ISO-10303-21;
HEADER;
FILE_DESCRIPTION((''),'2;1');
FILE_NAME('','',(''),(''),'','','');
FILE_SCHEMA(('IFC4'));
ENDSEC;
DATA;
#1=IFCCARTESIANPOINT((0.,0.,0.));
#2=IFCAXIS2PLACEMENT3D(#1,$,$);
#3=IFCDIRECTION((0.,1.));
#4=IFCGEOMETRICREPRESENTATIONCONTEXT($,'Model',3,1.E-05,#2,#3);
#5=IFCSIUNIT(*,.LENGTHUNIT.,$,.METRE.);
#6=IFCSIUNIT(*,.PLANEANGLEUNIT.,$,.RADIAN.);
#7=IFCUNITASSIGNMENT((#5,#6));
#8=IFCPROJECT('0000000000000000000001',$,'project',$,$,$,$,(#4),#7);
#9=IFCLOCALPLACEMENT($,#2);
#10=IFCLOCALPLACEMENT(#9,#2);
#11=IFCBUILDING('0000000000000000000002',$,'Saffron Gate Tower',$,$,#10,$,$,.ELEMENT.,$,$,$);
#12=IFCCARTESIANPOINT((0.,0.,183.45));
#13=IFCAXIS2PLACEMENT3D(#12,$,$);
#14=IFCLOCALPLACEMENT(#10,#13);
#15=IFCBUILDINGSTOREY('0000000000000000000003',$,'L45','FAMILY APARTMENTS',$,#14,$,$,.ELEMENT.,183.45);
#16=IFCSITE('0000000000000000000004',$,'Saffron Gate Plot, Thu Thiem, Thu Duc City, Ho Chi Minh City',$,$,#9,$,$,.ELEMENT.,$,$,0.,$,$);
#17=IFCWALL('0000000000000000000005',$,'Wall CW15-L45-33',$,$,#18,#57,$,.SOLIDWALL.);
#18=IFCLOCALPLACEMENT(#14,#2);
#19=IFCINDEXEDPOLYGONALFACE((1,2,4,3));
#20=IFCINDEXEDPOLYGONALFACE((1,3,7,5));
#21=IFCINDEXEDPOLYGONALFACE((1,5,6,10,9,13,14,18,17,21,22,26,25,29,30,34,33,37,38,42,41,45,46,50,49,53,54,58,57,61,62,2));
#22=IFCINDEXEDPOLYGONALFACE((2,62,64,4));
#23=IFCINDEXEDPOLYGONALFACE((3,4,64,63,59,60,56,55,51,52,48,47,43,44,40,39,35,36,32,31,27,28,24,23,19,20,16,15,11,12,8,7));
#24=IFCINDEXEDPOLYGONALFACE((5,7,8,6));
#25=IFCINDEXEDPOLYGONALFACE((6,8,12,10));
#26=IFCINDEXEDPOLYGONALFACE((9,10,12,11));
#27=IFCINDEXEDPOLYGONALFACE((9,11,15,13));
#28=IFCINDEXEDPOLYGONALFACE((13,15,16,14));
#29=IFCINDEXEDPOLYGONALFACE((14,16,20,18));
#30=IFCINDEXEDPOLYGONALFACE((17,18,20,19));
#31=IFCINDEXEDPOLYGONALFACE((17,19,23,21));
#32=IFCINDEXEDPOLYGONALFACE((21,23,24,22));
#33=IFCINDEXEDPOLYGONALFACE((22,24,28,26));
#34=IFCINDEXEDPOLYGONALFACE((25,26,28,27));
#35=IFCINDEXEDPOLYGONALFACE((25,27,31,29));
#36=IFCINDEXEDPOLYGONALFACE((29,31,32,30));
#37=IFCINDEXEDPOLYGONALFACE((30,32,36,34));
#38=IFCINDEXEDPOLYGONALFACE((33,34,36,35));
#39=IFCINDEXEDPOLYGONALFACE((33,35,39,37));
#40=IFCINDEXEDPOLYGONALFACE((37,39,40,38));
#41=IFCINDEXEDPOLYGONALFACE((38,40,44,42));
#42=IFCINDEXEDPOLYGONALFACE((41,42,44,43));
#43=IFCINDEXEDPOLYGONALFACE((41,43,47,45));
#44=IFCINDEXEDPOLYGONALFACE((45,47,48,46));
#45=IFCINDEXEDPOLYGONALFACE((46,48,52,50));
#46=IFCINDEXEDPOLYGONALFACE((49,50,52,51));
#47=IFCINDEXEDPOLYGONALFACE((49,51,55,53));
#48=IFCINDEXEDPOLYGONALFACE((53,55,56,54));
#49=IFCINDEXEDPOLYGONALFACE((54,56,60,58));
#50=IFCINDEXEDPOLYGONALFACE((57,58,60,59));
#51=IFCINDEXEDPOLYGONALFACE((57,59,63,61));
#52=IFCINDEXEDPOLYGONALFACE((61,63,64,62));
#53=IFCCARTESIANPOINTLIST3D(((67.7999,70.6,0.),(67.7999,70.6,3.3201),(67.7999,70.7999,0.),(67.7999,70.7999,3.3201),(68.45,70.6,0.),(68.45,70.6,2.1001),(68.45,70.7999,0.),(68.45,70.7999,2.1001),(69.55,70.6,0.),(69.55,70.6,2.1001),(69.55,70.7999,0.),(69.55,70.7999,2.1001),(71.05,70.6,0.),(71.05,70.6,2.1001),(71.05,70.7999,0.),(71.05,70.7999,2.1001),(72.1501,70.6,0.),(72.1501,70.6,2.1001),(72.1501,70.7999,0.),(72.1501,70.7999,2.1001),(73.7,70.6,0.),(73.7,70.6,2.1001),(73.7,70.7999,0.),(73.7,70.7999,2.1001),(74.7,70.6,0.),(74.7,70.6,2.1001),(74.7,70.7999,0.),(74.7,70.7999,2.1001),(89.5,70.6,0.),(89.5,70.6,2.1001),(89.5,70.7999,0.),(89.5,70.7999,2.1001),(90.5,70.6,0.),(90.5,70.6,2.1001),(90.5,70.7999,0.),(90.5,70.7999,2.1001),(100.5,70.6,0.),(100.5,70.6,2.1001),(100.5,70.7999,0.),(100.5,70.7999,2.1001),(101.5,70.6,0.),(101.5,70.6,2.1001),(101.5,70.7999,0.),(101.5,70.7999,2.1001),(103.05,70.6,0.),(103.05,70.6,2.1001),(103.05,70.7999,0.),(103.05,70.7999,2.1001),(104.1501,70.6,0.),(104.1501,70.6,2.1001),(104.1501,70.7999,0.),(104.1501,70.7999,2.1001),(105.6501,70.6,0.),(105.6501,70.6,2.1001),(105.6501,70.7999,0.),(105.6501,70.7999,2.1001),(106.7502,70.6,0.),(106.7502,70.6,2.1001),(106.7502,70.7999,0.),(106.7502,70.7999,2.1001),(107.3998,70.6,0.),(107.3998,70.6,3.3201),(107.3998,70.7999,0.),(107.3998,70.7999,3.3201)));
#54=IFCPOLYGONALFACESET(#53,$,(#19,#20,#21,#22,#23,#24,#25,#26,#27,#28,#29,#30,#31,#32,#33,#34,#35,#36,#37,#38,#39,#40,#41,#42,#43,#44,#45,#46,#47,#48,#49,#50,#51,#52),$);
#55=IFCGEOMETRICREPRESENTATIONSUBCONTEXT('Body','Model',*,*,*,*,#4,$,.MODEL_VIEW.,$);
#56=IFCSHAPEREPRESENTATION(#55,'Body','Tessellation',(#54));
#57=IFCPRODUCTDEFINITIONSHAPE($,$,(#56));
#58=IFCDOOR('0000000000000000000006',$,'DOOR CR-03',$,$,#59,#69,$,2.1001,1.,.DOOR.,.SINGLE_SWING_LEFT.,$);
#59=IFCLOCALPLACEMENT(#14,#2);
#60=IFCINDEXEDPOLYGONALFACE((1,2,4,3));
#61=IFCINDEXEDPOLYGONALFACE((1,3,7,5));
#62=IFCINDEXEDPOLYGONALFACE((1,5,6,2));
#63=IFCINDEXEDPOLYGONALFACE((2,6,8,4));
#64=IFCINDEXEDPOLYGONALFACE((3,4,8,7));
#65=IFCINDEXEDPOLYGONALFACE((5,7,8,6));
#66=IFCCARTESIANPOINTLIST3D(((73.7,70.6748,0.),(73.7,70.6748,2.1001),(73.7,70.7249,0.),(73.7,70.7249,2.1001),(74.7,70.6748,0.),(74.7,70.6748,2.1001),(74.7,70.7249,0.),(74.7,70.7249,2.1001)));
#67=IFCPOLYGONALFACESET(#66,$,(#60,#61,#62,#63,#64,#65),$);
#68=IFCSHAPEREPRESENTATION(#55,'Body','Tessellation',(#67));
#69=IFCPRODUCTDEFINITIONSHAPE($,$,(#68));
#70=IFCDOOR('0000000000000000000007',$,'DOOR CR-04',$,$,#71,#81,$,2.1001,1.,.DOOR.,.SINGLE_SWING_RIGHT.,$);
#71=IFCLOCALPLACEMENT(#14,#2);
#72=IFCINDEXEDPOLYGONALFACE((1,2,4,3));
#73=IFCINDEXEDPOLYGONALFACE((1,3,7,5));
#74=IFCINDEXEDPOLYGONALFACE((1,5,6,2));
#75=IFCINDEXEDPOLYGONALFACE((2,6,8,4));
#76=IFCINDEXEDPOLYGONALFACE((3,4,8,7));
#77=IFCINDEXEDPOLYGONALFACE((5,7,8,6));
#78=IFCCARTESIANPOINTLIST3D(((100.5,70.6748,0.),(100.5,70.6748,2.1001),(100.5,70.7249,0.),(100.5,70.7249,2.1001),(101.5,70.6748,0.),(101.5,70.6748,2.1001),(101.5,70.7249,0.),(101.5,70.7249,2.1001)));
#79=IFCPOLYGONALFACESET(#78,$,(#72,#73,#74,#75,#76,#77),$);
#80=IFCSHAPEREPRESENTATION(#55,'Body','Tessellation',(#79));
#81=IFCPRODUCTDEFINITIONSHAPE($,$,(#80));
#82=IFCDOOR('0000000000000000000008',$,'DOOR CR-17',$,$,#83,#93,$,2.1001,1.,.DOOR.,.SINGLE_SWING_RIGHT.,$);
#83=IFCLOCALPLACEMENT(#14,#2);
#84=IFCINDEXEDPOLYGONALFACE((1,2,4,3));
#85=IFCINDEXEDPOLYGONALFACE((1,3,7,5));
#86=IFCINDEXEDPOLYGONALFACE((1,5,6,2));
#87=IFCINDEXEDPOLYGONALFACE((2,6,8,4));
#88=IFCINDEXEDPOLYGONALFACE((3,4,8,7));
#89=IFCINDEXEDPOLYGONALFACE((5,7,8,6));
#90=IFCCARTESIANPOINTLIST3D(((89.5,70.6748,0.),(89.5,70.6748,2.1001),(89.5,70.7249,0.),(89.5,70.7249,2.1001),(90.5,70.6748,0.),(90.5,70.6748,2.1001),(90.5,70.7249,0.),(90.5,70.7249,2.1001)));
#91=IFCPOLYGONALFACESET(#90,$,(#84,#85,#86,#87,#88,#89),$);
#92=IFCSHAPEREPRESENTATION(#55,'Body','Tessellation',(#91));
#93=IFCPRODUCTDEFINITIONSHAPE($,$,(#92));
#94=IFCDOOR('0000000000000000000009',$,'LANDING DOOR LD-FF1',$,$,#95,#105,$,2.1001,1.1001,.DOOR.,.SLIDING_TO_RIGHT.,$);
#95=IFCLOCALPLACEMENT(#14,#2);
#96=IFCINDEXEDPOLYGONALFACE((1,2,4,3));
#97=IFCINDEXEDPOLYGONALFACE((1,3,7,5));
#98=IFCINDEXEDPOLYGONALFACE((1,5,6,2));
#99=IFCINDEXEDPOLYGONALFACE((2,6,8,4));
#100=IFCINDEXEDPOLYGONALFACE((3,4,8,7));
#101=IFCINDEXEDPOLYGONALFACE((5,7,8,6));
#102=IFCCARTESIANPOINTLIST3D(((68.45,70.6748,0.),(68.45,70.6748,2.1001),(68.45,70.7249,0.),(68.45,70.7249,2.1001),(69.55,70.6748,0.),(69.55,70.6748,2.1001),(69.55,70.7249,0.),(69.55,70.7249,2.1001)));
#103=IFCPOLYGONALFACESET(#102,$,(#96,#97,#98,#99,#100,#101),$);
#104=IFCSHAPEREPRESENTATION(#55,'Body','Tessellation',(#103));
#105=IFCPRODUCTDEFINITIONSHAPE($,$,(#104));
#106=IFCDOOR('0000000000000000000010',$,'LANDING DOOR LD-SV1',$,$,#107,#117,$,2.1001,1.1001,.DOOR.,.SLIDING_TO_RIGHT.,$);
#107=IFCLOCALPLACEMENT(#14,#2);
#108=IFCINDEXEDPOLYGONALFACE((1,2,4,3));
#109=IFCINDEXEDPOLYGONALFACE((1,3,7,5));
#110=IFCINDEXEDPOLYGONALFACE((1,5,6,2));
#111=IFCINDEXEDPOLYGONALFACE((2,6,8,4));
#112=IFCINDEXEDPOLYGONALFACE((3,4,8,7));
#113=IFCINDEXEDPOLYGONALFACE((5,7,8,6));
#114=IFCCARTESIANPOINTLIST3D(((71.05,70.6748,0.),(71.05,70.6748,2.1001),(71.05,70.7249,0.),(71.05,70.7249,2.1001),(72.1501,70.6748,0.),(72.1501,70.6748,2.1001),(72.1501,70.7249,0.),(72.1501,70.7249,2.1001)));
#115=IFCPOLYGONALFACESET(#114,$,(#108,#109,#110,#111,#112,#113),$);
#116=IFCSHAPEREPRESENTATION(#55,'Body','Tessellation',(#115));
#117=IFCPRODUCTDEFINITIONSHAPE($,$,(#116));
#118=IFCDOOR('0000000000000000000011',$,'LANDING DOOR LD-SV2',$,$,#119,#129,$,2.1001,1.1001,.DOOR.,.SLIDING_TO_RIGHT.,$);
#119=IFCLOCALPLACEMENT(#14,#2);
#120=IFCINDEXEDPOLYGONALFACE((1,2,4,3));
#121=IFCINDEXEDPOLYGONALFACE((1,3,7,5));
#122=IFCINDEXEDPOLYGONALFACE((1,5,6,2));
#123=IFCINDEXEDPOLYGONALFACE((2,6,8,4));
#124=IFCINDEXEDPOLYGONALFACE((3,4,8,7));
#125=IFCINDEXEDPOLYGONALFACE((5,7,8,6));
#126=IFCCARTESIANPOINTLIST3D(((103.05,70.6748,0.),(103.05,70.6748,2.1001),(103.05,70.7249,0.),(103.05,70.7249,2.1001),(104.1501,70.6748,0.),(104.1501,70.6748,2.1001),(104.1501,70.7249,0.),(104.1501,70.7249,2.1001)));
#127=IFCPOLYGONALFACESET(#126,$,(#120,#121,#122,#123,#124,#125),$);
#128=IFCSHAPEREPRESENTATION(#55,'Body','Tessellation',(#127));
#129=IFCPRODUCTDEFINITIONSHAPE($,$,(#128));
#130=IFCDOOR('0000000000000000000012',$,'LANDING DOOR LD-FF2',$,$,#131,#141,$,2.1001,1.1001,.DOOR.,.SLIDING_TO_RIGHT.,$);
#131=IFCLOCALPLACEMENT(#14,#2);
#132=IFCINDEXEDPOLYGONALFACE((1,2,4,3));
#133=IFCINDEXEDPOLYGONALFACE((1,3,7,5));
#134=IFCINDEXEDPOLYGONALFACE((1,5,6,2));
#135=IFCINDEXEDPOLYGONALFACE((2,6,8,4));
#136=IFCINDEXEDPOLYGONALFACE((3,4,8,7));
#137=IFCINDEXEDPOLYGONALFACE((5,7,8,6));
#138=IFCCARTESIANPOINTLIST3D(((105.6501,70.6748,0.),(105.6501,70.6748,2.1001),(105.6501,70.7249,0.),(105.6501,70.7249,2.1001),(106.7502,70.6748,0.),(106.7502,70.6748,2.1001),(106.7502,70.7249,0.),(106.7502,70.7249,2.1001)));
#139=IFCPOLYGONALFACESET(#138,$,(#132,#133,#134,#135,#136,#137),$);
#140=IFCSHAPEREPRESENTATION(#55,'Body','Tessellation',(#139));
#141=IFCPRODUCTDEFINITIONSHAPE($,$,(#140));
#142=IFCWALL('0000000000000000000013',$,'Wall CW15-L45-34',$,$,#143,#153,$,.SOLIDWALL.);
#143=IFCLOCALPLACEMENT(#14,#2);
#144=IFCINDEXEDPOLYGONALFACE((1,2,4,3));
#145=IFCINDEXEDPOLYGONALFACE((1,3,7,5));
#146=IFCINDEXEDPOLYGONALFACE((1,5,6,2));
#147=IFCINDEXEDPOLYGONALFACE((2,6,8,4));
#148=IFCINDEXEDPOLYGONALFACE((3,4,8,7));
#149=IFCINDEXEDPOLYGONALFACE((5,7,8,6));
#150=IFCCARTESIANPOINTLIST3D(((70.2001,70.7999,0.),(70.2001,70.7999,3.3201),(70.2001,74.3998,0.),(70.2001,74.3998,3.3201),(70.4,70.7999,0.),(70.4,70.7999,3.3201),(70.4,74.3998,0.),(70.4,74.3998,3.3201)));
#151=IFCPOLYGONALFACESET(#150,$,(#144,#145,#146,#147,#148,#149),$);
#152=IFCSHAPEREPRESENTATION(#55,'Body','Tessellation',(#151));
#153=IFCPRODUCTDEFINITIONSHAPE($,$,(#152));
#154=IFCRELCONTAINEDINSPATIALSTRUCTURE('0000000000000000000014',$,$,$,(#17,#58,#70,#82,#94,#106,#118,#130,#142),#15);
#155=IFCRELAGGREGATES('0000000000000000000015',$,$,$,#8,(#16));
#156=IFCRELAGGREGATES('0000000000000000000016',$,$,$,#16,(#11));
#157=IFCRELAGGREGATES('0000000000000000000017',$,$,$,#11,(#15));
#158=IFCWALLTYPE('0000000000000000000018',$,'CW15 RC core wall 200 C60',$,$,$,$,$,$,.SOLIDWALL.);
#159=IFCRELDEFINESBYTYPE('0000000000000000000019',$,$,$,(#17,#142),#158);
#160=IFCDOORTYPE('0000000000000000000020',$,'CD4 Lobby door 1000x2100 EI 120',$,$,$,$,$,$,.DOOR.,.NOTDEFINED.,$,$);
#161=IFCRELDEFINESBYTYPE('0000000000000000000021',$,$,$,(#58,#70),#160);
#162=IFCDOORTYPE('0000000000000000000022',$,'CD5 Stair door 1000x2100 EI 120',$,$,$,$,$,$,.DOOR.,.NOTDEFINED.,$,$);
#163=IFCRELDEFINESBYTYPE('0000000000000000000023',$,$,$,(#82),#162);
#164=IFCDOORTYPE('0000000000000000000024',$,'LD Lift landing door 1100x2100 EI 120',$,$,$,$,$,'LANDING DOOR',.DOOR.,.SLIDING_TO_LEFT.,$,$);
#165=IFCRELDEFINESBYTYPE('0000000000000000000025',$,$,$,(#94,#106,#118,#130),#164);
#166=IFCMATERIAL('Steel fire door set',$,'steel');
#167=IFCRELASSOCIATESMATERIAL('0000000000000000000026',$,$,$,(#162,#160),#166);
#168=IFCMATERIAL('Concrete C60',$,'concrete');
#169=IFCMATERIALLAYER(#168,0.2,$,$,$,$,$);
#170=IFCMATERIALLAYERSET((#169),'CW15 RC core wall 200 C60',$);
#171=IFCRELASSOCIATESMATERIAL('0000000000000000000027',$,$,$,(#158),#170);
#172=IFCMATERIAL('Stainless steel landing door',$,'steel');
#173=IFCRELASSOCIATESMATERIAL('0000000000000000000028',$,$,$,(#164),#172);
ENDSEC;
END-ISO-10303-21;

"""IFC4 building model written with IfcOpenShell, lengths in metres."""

from ifc_helpers import new_model, si_unit, direction, frame, frame_2d, origin, place, context, subcontext, project, spatial, rectangle, extrude, material, layer, layer_set, type_object, element, fill, save


model = new_model("IFC4")

# Units and contexts
model_context = context("Model", 3, precision=1e-05, world=origin(), true_north=direction((0.0, 1.0)))
body_context = subcontext(model_context, "Body", "Model", "MODEL_VIEW")
ifc_project = project(units=[si_unit("LENGTHUNIT", "METRE"), si_unit("PLANEANGLEUNIT", "RADIAN")], contexts=[model_context])

# Site, building, storey
site_placement = place(None, origin())
site = spatial("IfcSite", under=ifc_project, at=site_placement, Name="Saffron Gate Plot, Thu Thiem, Thu Duc City, Ho Chi Minh City", CompositionType="ELEMENT", RefElevation=0.0)
building_placement = place(site_placement, origin())
building = spatial("IfcBuilding", under=site, at=building_placement, Name="Saffron Gate Tower", CompositionType="ELEMENT")
storey_placement = place(building_placement, frame((0.0, 0.0, 183.45)))
storey = spatial("IfcBuildingStorey", under=building, at=storey_placement, Name="L45", Description="FAMILY APARTMENTS", CompositionType="ELEMENT", Elevation=183.45)

# Shared definitions
ifc_material_1 = material(Name="Concrete C60", Category="concrete")

# Wall, openings, doors
ifc_material_2 = material(Name="Steel fire door set", Category="steel")
door_type_1 = type_object("IfcDoorType", Name="CD5 Stair door 1000x2100 EI 120", OperationType="NOTDEFINED", PredefinedType="DOOR", material=ifc_material_2)
ifc_layer_1 = layer(ifc_material_1, 0.2)
ifc_layer_set_1 = layer_set([ifc_layer_1], Name="CW15 RC core wall 200 C60")
wall_type_1 = type_object("IfcWallType", Name="CW15 RC core wall 200 C60", PredefinedType="SOLIDWALL", material=ifc_layer_set_1)
wall_1_placement = place(storey_placement, frame((67.8, 70.7, 0.0), z_axis=(0.0, 0.0, 1.0), x_axis=(1.0, 0.0, 0.0)))
wall_1 = element("IfcWall", 1, at=wall_1_placement, inside=storey, type_object=wall_type_1, Name="Wall CW15-L45-33", PredefinedType="SOLIDWALL", context=body_context, shape_type="SweptSolid", body=[
    extrude(rectangle(XDim=39.5999, YDim=0.2, at=frame_2d((19.7998, 0.0))), origin(), (0.0, 0.0, 1.0), 3.3201),
])
opening_1_placement = place(wall_1_placement, frame((0.6499, 0.0, 0.0)))
opening_1 = element("IfcOpeningElement", 2, at=opening_1_placement, cuts=wall_1, PredefinedType="OPENING", context=body_context, shape_type="SweptSolid", body=[
    extrude(rectangle(XDim=1.1001, YDim=2.1001, at=frame_2d((0.55, 1.05))), frame((0.0, 0.1099, 0.0), z_axis=(0.0, -1.0, 0.0), x_axis=(1.0, 0.0, 0.0)), (0.0, 0.0, 1.0), 0.22),
])
opening_2_placement = place(wall_1_placement, frame((3.25, 0.0, 0.0)))
opening_2 = element("IfcOpeningElement", 3, at=opening_2_placement, cuts=wall_1, PredefinedType="OPENING", context=body_context, shape_type="SweptSolid", body=[
    extrude(rectangle(XDim=1.1001, YDim=2.1001, at=frame_2d((0.55, 1.05))), frame((0.0, 0.1099, 0.0), z_axis=(0.0, -1.0, 0.0), x_axis=(1.0, 0.0, 0.0)), (0.0, 0.0, 1.0), 0.22),
])
opening_3_placement = place(wall_1_placement, frame((5.8999, 0.0, 0.0)))
opening_3 = element("IfcOpeningElement", 4, at=opening_3_placement, cuts=wall_1, PredefinedType="OPENING", context=body_context, shape_type="SweptSolid", body=[
    extrude(rectangle(XDim=1.0, YDim=2.1001, at=frame_2d((0.5, 1.05))), frame((0.0, 0.1099, 0.0), z_axis=(0.0, -1.0, 0.0), x_axis=(1.0, 0.0, 0.0)), (0.0, 0.0, 1.0), 0.22),
])
opening_4_placement = place(wall_1_placement, frame((21.7, 0.0, 0.0)))
opening_4 = element("IfcOpeningElement", 5, at=opening_4_placement, cuts=wall_1, PredefinedType="OPENING", context=body_context, shape_type="SweptSolid", body=[
    extrude(rectangle(XDim=1.0, YDim=2.1001, at=frame_2d((0.5, 1.05))), frame((0.0, 0.1099, 0.0), z_axis=(0.0, -1.0, 0.0), x_axis=(1.0, 0.0, 0.0)), (0.0, 0.0, 1.0), 0.22),
])
opening_5_placement = place(wall_1_placement, frame((32.7, 0.0, 0.0)))
opening_5 = element("IfcOpeningElement", 6, at=opening_5_placement, cuts=wall_1, PredefinedType="OPENING", context=body_context, shape_type="SweptSolid", body=[
    extrude(rectangle(XDim=1.0, YDim=2.1001, at=frame_2d((0.5, 1.05))), frame((0.0, 0.1099, 0.0), z_axis=(0.0, -1.0, 0.0), x_axis=(1.0, 0.0, 0.0)), (0.0, 0.0, 1.0), 0.22),
])
opening_6_placement = place(wall_1_placement, frame((35.25, 0.0, 0.0)))
opening_6 = element("IfcOpeningElement", 7, at=opening_6_placement, cuts=wall_1, PredefinedType="OPENING", context=body_context, shape_type="SweptSolid", body=[
    extrude(rectangle(XDim=1.1001, YDim=2.1001, at=frame_2d((0.55, 1.05))), frame((0.0, 0.1099, 0.0), z_axis=(0.0, -1.0, 0.0), x_axis=(1.0, 0.0, 0.0)), (0.0, 0.0, 1.0), 0.22),
])
opening_7_placement = place(wall_1_placement, frame((37.8501, 0.0, 0.0)))
opening_7 = element("IfcOpeningElement", 8, at=opening_7_placement, cuts=wall_1, PredefinedType="OPENING", context=body_context, shape_type="SweptSolid", body=[
    extrude(rectangle(XDim=1.1001, YDim=2.1001, at=frame_2d((0.55, 1.05))), frame((0.0, 0.1099, 0.0), z_axis=(0.0, -1.0, 0.0), x_axis=(1.0, 0.0, 0.0)), (0.0, 0.0, 1.0), 0.22),
])
door_type_2 = type_object("IfcDoorType", Name="CD4 Lobby door 1000x2100 EI 120", OperationType="NOTDEFINED", PredefinedType="DOOR", material=ifc_material_2)
door_1_placement = place(opening_3_placement, origin())
door_1 = element("IfcDoor", 9, at=door_1_placement, inside=storey, type_object=door_type_2, Name="DOOR CR-03", OperationType="SINGLE_SWING_LEFT", OverallHeight=2.1001, OverallWidth=1.0, PredefinedType="DOOR", context=body_context, shape_type="SweptSolid", body=[
    extrude(rectangle(XDim=1.0, YDim=2.1001, at=frame_2d((0.5, 1.05))), frame((0.0, 0.0249, 0.0), z_axis=(0.0, -1.0, 0.0), x_axis=(1.0, 0.0, 0.0)), (0.0, 0.0, 1.0), 0.05),
])
fill(opening_3, door_1)
door_2_placement = place(opening_5_placement, origin())
door_2 = element("IfcDoor", 10, at=door_2_placement, inside=storey, type_object=door_type_2, Name="DOOR CR-04", OperationType="SINGLE_SWING_RIGHT", OverallHeight=2.1001, OverallWidth=1.0, PredefinedType="DOOR", context=body_context, shape_type="SweptSolid", body=[
    extrude(rectangle(XDim=1.0, YDim=2.1001, at=frame_2d((0.5, 1.05))), frame((0.0, 0.0249, 0.0), z_axis=(0.0, -1.0, 0.0), x_axis=(1.0, 0.0, 0.0)), (0.0, 0.0, 1.0), 0.05),
])
fill(opening_5, door_2)
door_3_placement = place(opening_4_placement, origin())
door_3 = element("IfcDoor", 11, at=door_3_placement, inside=storey, type_object=door_type_1, Name="DOOR CR-17", OperationType="SINGLE_SWING_RIGHT", OverallHeight=2.1001, OverallWidth=1.0, PredefinedType="DOOR", context=body_context, shape_type="SweptSolid", body=[
    extrude(rectangle(XDim=1.0, YDim=2.1001, at=frame_2d((0.5, 1.05))), frame((0.0, 0.0249, 0.0), z_axis=(0.0, -1.0, 0.0), x_axis=(1.0, 0.0, 0.0)), (0.0, 0.0, 1.0), 0.05),
])
fill(opening_4, door_3)
ifc_material_3 = material(Name="Stainless steel landing door", Category="steel")
door_type_3 = type_object("IfcDoorType", Name="LD Lift landing door 1100x2100 EI 120", ElementType="LANDING DOOR", OperationType="SLIDING_TO_LEFT", PredefinedType="DOOR", material=ifc_material_3)
door_4_placement = place(opening_1_placement, origin())
door_4 = element("IfcDoor", 12, at=door_4_placement, inside=storey, type_object=door_type_3, Name="LANDING DOOR LD-FF1", OperationType="SLIDING_TO_RIGHT", OverallHeight=2.1001, OverallWidth=1.1001, PredefinedType="DOOR", context=body_context, shape_type="SweptSolid", body=[
    extrude(rectangle(XDim=1.1001, YDim=2.1001, at=frame_2d((0.55, 1.05))), frame((0.0, 0.0249, 0.0), z_axis=(0.0, -1.0, 0.0), x_axis=(1.0, 0.0, 0.0)), (0.0, 0.0, 1.0), 0.05),
])
fill(opening_1, door_4)
door_5_placement = place(opening_2_placement, origin())
door_5 = element("IfcDoor", 13, at=door_5_placement, inside=storey, type_object=door_type_3, Name="LANDING DOOR LD-SV1", OperationType="SLIDING_TO_RIGHT", OverallHeight=2.1001, OverallWidth=1.1001, PredefinedType="DOOR", context=body_context, shape_type="SweptSolid", body=[
    extrude(rectangle(XDim=1.1001, YDim=2.1001, at=frame_2d((0.55, 1.05))), frame((0.0, 0.0249, 0.0), z_axis=(0.0, -1.0, 0.0), x_axis=(1.0, 0.0, 0.0)), (0.0, 0.0, 1.0), 0.05),
])
fill(opening_2, door_5)
door_6_placement = place(opening_6_placement, origin())
door_6 = element("IfcDoor", 14, at=door_6_placement, inside=storey, type_object=door_type_3, Name="LANDING DOOR LD-SV2", OperationType="SLIDING_TO_RIGHT", OverallHeight=2.1001, OverallWidth=1.1001, PredefinedType="DOOR", context=body_context, shape_type="SweptSolid", body=[
    extrude(rectangle(XDim=1.1001, YDim=2.1001, at=frame_2d((0.55, 1.05))), frame((0.0, 0.0249, 0.0), z_axis=(0.0, -1.0, 0.0), x_axis=(1.0, 0.0, 0.0)), (0.0, 0.0, 1.0), 0.05),
])
fill(opening_6, door_6)
door_7_placement = place(opening_7_placement, origin())
door_7 = element("IfcDoor", 15, at=door_7_placement, inside=storey, type_object=door_type_3, Name="LANDING DOOR LD-FF2", OperationType="SLIDING_TO_RIGHT", OverallHeight=2.1001, OverallWidth=1.1001, PredefinedType="DOOR", context=body_context, shape_type="SweptSolid", body=[
    extrude(rectangle(XDim=1.1001, YDim=2.1001, at=frame_2d((0.55, 1.05))), frame((0.0, 0.0249, 0.0), z_axis=(0.0, -1.0, 0.0), x_axis=(1.0, 0.0, 0.0)), (0.0, 0.0, 1.0), 0.05),
])
fill(opening_7, door_7)

# Wall
wall_2_placement = place(storey_placement, frame((70.3, 70.8, 0.0), z_axis=(0.0, 0.0, 1.0), x_axis=(0.0, 1.0, 0.0)))
element("IfcWall", 16, at=wall_2_placement, inside=storey, type_object=wall_type_1, Name="Wall CW15-L45-34", PredefinedType="SOLIDWALL", context=body_context, shape_type="SweptSolid", body=[
    extrude(rectangle(XDim=3.5999, YDim=0.2, at=frame_2d((1.7998, 0.0))), origin(), (0.0, 0.0, 1.0), 3.3201),
])

save(model, "model.ifc")
